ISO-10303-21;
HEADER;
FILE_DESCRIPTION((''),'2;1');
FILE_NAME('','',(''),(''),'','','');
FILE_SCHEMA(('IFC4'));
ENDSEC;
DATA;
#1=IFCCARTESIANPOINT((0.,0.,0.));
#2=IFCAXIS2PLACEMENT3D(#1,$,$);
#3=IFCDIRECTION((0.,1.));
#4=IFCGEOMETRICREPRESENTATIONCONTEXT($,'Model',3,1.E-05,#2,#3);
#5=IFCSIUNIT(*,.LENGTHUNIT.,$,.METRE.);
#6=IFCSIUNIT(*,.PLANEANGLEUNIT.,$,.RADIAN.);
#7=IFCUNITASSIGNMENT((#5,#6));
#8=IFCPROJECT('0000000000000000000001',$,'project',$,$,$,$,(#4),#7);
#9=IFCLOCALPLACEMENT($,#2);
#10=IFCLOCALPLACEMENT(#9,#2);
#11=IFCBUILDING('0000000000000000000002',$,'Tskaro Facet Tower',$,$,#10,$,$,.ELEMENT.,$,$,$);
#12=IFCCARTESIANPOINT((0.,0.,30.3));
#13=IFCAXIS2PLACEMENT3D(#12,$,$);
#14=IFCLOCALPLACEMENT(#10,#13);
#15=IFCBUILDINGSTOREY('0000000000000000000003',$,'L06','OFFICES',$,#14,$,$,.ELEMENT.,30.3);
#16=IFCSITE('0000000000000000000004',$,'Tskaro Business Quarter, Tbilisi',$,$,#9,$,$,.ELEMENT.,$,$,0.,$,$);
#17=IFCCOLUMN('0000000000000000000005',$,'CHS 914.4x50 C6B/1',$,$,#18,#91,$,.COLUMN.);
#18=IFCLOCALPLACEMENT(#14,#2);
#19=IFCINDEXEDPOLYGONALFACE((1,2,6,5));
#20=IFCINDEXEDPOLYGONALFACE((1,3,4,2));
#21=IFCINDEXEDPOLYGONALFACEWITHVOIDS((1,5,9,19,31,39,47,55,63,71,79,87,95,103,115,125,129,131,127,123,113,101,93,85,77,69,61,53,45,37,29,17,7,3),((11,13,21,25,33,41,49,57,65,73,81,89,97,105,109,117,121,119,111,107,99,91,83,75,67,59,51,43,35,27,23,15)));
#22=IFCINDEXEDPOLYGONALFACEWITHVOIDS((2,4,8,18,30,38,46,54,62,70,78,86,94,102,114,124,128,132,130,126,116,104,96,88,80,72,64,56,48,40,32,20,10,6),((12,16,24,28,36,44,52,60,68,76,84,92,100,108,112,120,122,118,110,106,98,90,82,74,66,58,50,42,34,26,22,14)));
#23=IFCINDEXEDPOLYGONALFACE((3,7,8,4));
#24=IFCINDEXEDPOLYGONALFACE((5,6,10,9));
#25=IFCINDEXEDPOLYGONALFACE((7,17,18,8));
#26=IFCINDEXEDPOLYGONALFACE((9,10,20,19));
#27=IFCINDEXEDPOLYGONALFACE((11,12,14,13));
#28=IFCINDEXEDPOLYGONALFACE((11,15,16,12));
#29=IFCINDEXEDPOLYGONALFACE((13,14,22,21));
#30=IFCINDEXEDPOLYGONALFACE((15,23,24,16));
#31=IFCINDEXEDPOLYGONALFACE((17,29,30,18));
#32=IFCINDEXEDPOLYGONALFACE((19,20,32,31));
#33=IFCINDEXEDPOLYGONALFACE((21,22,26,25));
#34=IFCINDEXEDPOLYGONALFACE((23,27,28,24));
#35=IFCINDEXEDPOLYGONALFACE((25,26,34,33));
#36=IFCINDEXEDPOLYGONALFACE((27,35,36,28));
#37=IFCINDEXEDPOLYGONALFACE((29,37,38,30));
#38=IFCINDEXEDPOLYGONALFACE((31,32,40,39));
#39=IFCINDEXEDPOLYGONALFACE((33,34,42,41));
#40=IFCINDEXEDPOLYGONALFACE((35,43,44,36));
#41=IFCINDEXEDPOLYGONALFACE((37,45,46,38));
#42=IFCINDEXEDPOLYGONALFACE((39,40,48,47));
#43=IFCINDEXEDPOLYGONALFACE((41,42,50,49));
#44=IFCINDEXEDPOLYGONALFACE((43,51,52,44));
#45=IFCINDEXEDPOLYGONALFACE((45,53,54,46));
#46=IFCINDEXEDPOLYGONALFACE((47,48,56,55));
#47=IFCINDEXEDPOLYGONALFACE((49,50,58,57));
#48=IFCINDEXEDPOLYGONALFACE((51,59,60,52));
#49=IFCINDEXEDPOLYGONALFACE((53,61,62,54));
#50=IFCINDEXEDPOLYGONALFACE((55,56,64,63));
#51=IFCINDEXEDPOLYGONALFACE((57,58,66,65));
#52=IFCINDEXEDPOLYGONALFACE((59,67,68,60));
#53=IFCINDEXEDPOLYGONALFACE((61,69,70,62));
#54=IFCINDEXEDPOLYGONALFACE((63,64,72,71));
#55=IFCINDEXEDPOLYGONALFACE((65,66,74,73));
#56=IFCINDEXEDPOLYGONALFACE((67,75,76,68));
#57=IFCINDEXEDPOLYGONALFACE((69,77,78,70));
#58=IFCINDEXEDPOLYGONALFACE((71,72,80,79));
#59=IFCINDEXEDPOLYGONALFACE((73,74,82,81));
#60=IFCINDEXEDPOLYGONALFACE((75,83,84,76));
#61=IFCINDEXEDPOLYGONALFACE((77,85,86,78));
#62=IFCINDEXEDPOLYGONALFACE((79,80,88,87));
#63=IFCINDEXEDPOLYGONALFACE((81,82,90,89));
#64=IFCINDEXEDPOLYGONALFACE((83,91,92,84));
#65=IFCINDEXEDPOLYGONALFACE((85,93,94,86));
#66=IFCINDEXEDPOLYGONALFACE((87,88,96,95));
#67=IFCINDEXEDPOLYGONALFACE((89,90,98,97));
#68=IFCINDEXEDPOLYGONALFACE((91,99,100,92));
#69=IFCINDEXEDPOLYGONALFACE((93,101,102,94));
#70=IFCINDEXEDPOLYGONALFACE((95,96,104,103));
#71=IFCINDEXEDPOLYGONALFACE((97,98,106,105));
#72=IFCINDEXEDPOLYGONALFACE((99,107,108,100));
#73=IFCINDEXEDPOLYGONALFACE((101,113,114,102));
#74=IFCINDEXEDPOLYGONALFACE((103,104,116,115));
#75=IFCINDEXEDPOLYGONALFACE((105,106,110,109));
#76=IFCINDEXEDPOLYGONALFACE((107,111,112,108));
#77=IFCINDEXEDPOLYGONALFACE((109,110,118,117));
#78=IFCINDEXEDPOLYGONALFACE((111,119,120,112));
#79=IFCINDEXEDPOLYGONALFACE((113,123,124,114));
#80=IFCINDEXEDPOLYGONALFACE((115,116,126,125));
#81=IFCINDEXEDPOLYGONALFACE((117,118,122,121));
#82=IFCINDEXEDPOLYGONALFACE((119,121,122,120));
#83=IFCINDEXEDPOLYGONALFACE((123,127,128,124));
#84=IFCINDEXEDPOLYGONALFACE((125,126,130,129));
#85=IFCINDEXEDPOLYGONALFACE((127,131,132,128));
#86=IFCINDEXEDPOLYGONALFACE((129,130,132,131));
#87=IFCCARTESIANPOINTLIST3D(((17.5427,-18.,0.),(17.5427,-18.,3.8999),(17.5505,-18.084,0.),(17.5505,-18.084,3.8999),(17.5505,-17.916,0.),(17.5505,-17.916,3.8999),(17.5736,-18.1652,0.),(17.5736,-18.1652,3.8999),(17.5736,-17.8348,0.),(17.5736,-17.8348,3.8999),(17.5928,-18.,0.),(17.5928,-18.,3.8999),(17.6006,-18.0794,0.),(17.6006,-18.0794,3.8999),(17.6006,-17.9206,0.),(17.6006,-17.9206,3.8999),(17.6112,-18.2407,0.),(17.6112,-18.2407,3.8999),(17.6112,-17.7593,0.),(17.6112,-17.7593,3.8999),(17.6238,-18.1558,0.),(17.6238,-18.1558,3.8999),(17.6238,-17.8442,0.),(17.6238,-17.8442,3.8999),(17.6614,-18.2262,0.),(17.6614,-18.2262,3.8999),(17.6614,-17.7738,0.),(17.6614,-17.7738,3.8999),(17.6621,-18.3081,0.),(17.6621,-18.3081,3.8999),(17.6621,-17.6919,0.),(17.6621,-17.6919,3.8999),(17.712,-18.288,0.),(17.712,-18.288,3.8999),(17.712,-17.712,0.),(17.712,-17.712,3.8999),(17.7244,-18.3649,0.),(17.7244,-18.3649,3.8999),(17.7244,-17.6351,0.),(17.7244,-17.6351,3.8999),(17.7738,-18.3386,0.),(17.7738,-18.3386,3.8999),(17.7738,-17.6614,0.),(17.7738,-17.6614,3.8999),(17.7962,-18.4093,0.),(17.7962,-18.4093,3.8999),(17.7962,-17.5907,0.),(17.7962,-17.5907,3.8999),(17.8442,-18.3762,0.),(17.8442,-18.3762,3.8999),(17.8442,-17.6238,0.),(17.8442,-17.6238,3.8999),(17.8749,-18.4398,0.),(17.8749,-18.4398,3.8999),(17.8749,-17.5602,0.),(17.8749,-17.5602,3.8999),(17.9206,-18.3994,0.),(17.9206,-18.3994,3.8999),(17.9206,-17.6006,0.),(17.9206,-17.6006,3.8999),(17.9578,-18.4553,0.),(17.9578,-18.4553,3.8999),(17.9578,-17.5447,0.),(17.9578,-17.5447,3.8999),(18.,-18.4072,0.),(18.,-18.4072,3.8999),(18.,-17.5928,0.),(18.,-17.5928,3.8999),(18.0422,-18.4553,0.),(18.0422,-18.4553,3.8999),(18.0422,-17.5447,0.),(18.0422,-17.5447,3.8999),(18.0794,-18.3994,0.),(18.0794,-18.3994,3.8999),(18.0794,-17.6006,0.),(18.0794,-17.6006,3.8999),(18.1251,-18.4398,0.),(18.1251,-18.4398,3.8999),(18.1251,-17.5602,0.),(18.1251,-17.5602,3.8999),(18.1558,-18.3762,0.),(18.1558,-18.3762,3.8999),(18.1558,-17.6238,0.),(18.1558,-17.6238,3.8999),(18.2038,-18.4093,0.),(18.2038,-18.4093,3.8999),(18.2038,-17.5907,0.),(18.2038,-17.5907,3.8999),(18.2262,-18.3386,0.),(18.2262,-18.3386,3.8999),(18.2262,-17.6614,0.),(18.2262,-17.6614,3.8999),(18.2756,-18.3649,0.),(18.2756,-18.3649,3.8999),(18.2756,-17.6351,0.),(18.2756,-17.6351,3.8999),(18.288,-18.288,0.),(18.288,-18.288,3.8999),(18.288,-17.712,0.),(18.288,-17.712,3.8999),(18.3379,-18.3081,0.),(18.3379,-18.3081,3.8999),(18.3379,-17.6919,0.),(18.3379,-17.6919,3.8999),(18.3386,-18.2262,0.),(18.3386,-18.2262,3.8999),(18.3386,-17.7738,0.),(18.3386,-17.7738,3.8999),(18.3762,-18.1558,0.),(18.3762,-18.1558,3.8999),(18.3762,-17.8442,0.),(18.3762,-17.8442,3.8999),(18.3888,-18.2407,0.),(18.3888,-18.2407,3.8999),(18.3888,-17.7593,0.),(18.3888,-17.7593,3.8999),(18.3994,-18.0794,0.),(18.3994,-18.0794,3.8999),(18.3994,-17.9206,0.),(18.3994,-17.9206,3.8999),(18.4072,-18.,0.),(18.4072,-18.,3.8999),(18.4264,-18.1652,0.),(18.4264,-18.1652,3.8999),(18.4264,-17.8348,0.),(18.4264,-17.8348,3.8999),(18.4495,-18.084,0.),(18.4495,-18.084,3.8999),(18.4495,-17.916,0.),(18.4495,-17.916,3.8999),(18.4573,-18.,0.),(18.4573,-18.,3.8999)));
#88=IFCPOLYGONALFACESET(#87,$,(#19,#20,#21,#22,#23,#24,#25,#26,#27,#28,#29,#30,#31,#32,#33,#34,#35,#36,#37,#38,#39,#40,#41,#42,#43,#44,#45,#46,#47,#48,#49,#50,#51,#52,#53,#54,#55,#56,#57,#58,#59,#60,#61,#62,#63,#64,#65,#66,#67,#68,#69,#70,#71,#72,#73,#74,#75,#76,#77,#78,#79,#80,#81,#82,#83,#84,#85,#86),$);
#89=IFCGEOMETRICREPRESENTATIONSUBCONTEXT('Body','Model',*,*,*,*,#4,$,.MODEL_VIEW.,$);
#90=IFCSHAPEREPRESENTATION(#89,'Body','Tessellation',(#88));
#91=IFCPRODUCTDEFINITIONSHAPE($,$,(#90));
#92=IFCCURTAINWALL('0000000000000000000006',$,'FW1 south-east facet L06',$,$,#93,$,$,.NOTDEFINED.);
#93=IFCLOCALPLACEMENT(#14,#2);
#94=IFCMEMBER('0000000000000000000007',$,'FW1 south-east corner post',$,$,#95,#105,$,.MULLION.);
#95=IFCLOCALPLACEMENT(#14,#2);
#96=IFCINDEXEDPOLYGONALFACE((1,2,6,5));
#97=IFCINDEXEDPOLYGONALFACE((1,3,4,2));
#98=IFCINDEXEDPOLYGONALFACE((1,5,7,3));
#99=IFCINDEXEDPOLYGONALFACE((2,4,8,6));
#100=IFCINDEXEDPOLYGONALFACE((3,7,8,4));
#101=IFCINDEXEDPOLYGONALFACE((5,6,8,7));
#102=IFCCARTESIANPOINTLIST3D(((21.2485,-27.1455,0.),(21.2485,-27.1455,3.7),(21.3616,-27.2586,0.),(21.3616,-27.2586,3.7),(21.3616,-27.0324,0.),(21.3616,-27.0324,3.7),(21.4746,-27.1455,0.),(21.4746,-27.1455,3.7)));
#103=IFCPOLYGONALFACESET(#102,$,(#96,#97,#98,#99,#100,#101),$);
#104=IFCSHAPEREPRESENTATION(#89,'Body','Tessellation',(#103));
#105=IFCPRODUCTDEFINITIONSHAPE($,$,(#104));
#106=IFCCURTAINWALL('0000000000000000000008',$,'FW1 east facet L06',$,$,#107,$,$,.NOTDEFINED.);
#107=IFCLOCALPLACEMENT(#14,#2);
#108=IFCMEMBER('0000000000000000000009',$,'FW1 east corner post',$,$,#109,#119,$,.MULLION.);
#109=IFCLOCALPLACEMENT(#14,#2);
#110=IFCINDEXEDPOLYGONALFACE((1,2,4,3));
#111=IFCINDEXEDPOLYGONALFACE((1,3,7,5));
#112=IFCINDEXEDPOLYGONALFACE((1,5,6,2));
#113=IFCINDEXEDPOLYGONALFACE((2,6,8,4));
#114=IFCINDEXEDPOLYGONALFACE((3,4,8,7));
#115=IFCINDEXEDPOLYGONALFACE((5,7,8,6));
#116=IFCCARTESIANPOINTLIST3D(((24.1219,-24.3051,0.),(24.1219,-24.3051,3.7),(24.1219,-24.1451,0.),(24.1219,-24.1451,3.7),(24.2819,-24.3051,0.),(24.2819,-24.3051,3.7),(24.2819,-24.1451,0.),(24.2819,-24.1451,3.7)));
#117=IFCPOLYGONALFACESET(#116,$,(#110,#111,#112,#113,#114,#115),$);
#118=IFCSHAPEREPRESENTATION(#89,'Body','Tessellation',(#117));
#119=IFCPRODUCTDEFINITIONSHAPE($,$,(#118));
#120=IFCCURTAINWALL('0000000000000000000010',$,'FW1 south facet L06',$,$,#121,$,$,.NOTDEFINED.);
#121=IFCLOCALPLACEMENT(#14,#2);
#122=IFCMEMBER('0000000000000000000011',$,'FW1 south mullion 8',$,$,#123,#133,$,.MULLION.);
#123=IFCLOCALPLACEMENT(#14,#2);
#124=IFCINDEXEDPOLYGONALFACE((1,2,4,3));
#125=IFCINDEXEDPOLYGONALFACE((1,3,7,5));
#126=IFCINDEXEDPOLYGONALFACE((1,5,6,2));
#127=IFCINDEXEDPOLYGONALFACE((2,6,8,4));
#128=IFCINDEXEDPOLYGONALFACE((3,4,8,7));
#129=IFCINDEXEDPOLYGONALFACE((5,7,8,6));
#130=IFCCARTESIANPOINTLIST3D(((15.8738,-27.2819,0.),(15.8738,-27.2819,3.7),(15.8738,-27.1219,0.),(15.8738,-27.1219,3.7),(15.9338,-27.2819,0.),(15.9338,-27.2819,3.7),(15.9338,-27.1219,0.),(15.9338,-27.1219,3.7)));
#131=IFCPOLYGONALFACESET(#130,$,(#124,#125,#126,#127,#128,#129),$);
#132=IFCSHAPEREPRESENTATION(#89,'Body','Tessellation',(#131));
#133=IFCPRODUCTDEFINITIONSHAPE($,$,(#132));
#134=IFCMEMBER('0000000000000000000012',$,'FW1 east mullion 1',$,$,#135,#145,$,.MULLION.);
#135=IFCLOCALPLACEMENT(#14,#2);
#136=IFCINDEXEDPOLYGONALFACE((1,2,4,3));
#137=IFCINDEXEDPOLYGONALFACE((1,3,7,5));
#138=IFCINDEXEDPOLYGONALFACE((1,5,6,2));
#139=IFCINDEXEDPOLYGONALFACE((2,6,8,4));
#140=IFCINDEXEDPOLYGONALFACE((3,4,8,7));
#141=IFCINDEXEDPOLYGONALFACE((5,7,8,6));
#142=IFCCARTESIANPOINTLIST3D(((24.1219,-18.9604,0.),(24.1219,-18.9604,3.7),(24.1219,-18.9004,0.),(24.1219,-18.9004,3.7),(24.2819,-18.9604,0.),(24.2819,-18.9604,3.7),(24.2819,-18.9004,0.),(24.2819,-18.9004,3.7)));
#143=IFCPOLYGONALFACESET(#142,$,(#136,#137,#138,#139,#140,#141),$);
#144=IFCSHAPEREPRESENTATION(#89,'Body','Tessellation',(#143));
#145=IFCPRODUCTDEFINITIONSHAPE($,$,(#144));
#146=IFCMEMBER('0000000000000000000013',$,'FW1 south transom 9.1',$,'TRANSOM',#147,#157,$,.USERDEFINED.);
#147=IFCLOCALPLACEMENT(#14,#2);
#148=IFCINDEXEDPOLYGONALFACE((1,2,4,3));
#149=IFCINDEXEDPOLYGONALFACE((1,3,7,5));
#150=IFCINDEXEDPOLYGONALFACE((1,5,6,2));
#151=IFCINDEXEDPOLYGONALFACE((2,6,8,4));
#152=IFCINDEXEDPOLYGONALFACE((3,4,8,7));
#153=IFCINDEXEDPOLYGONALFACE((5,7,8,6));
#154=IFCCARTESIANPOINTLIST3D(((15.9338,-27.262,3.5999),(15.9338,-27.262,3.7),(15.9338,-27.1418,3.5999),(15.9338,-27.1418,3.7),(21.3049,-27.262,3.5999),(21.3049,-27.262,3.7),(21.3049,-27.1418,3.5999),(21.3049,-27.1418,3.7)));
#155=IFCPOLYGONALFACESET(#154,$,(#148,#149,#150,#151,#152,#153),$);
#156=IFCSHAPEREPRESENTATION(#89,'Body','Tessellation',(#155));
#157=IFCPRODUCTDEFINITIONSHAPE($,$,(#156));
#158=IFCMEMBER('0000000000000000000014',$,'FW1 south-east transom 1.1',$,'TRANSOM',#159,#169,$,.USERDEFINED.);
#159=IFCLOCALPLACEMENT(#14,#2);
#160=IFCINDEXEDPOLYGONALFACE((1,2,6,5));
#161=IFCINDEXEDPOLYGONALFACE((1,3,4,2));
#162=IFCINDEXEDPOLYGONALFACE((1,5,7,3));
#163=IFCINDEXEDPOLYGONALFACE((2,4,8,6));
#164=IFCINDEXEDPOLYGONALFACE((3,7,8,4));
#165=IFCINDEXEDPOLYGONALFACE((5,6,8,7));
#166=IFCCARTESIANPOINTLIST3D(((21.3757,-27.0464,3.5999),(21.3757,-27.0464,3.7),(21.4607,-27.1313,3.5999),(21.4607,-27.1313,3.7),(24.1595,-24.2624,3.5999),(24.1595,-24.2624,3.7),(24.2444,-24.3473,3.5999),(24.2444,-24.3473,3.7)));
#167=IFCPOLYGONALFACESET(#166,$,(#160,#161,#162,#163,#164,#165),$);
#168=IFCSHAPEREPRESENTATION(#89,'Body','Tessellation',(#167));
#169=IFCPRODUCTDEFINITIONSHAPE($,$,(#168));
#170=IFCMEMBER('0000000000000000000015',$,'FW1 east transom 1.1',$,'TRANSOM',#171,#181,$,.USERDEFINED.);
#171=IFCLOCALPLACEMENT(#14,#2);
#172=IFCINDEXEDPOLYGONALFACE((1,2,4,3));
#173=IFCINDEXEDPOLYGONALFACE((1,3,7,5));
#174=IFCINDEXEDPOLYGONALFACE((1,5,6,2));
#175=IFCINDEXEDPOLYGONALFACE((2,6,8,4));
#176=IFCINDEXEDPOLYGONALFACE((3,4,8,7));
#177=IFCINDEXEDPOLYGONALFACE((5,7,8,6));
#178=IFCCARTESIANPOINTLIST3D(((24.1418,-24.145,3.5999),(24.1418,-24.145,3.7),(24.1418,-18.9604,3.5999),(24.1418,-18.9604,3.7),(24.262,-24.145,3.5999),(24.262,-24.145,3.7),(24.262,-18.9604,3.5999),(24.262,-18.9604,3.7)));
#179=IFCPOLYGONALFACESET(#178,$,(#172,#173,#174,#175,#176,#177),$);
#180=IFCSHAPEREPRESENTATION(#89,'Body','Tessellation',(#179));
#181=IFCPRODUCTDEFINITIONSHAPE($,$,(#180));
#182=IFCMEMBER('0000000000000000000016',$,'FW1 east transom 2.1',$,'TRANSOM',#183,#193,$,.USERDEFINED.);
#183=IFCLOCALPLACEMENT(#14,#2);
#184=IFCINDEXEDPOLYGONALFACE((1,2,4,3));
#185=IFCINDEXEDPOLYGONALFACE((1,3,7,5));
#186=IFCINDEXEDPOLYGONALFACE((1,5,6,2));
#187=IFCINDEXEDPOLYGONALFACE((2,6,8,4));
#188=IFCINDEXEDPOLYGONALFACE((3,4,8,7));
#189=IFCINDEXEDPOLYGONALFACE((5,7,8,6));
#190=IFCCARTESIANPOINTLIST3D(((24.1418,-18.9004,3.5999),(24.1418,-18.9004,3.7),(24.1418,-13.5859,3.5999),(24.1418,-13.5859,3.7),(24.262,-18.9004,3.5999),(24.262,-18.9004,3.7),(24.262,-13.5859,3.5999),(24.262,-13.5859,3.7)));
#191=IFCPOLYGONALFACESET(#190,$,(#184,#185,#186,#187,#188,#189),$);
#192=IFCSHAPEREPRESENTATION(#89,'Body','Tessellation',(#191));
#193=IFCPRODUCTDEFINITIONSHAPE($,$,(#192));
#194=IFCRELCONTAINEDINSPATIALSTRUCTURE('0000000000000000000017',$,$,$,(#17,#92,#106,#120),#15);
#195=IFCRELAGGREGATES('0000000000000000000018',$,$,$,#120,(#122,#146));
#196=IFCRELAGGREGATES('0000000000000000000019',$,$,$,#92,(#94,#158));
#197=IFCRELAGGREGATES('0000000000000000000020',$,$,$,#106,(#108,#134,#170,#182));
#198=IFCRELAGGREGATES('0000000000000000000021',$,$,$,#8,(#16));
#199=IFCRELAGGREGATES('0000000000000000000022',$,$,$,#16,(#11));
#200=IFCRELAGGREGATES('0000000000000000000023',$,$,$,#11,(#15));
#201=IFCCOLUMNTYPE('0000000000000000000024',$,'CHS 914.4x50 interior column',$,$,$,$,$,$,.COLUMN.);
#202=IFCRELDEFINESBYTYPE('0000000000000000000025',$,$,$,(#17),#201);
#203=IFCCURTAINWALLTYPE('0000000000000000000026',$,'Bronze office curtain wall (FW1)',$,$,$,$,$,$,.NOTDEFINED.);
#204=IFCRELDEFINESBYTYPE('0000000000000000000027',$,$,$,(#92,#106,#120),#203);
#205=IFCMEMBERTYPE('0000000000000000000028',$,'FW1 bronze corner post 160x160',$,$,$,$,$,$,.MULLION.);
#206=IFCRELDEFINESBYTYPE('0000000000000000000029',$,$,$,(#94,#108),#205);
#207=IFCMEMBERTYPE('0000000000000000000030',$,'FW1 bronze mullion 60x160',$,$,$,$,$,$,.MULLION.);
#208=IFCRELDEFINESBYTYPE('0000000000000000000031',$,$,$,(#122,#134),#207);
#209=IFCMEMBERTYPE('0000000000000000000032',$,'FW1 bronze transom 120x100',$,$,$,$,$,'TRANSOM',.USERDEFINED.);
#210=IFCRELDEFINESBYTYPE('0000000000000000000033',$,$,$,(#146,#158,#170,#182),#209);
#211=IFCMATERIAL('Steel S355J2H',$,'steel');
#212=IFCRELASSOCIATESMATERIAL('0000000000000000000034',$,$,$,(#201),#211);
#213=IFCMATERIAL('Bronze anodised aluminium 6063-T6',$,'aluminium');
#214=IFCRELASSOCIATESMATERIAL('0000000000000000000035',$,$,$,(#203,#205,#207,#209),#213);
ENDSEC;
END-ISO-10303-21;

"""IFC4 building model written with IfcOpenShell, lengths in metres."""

from ifc_helpers import new_model, si_unit, direction, frame, origin, origin_2d, place, context, subcontext, project, spatial, rectangle, hollow_circle, extrude, material, material_profile, profile_set, type_object, element, aggregate, save


model = new_model("IFC4")

# Units and contexts
model_context = context("Model", 3, precision=1e-05, world=origin(), true_north=direction((0.0, 1.0)))
body_context = subcontext(model_context, "Body", "Model", "MODEL_VIEW")
ifc_project = project(units=[si_unit("LENGTHUNIT", "METRE"), si_unit("PLANEANGLEUNIT", "RADIAN")], contexts=[model_context])

# Site, building, storey
site_placement = place(None, origin())
site = spatial("IfcSite", under=ifc_project, at=site_placement, Name="Tskaro Business Quarter, Tbilisi", CompositionType="ELEMENT", RefElevation=0.0)
building_placement = place(site_placement, origin())
building = spatial("IfcBuilding", under=site, at=building_placement, Name="Tskaro Facet Tower", CompositionType="ELEMENT")
storey_placement = place(building_placement, frame((0.0, 0.0, 30.3)))
storey = spatial("IfcBuildingStorey", under=building, at=storey_placement, Name="L06", Description="OFFICES", CompositionType="ELEMENT", Elevation=30.3)

# Column
ifc_material_1 = material(Name="Steel S355J2H", Category="steel")
ifc_material_profile_1 = material_profile(ifc_material_1, hollow_circle(Radius=0.4573, WallThickness=0.05, at=origin_2d()), Name="CHS 914.4x50")
ifc_profile_set_1 = profile_set([ifc_material_profile_1], Name="Steel S355J2H")
column_type_1 = type_object("IfcColumnType", Name="CHS 914.4x50 interior column", PredefinedType="COLUMN", material=ifc_profile_set_1)
column_placement = place(storey_placement, frame((18.0, -18.0, 0.0), z_axis=(0.0, 0.0, 1.0), x_axis=(1.0, 0.0, 0.0)))
element("IfcColumn", 1, at=column_placement, inside=storey, type_object=column_type_1, Name="CHS 914.4x50 C6B/1", PredefinedType="COLUMN", context=body_context, shape_type="SweptSolid", body=[
    extrude(hollow_circle(Radius=0.4573, WallThickness=0.05, at=origin_2d()), origin(), (0.0, 0.0, 1.0), 3.8999),
])

# Curtain walls, members
ifc_material_2 = material(Name="Bronze anodised aluminium 6063-T6", Category="aluminium")
curtain_wall_type = type_object("IfcCurtainWallType", Name="Bronze office curtain wall (FW1)", PredefinedType="NOTDEFINED", material=ifc_material_2)
curtain_wall_1_placement = place(storey_placement, origin())
curtain_wall_1 = element("IfcCurtainWall", 2, at=curtain_wall_1_placement, inside=storey, type_object=curtain_wall_type, Name="FW1 south-east facet L06", PredefinedType="NOTDEFINED")
ifc_material_profile_2 = material_profile(ifc_material_2, rectangle(XDim=0.1599, YDim=0.1599, at=origin_2d()), Name="Corner post 160x160")
ifc_profile_set_2 = profile_set([ifc_material_profile_2], Name="Bronze anodised aluminium 6063-T6")
member_type_1 = type_object("IfcMemberType", Name="FW1 bronze corner post 160x160", PredefinedType="MULLION", material=ifc_profile_set_2)
member_1_placement = place(storey_placement, frame((21.3616, -27.1455, 0.0), z_axis=(0.0, 0.0, 1.0), x_axis=(0.707107, 0.707107, 0.0)))
member_1 = element("IfcMember", 3, at=member_1_placement, type_object=member_type_1, Name="FW1 south-east corner post", PredefinedType="MULLION", context=body_context, shape_type="SweptSolid", body=[
    extrude(rectangle(XDim=0.1599, YDim=0.1599, at=origin_2d()), origin(), (0.0, 0.0, 1.0), 3.7),
])
curtain_wall_2_placement = place(storey_placement, origin())
curtain_wall_2 = element("IfcCurtainWall", 4, at=curtain_wall_2_placement, inside=storey, type_object=curtain_wall_type, Name="FW1 east facet L06", PredefinedType="NOTDEFINED")
member_2_placement = place(storey_placement, frame((24.2019, -24.2251, 0.0), z_axis=(0.0, 0.0, 1.0), x_axis=(0.0, 1.0, 0.0)))
member_2 = element("IfcMember", 5, at=member_2_placement, type_object=member_type_1, Name="FW1 east corner post", PredefinedType="MULLION", context=body_context, shape_type="SweptSolid", body=[
    extrude(rectangle(XDim=0.1599, YDim=0.1599, at=origin_2d()), origin(), (0.0, 0.0, 1.0), 3.7),
])
curtain_wall_3_placement = place(storey_placement, origin())
curtain_wall_3 = element("IfcCurtainWall", 6, at=curtain_wall_3_placement, inside=storey, type_object=curtain_wall_type, Name="FW1 south facet L06", PredefinedType="NOTDEFINED")
ifc_material_profile_3 = material_profile(ifc_material_2, rectangle(XDim=0.0601, YDim=0.1599, at=origin_2d()), Name="Mullion 60x160")
ifc_profile_set_3 = profile_set([ifc_material_profile_3], Name="Bronze anodised aluminium 6063-T6")
member_type_2 = type_object("IfcMemberType", Name="FW1 bronze mullion 60x160", PredefinedType="MULLION", material=ifc_profile_set_3)
member_3_placement = place(storey_placement, frame((15.9038, -27.2019, 0.0), z_axis=(0.0, 0.0, 1.0), x_axis=(1.0, 0.0, 0.0)))
member_3 = element("IfcMember", 7, at=member_3_placement, type_object=member_type_2, Name="FW1 south mullion 8", PredefinedType="MULLION", context=body_context, shape_type="SweptSolid", body=[
    extrude(rectangle(XDim=0.0601, YDim=0.1599, at=origin_2d()), origin(), (0.0, 0.0, 1.0), 3.7),
])

# Members
member_4_placement = place(storey_placement, frame((24.2019, -18.9304, 0.0), z_axis=(0.0, 0.0, 1.0), x_axis=(0.0, 1.0, 0.0)))
member_4 = element("IfcMember", 8, at=member_4_placement, type_object=member_type_2, Name="FW1 east mullion 1", PredefinedType="MULLION", context=body_context, shape_type="SweptSolid", body=[
    extrude(rectangle(XDim=0.0601, YDim=0.1599, at=origin_2d()), origin(), (0.0, 0.0, 1.0), 3.7),
])
ifc_material_profile_4 = material_profile(ifc_material_2, rectangle(XDim=0.1201, YDim=0.1001, at=origin_2d()), Name="Transom 120x100")
ifc_profile_set_4 = profile_set([ifc_material_profile_4], Name="Bronze anodised aluminium 6063-T6")
member_type_3 = type_object("IfcMemberType", Name="FW1 bronze transom 120x100", ElementType="TRANSOM", PredefinedType="USERDEFINED", material=ifc_profile_set_4)
member_5_placement = place(storey_placement, frame((15.9338, -27.2019, 3.6499), z_axis=(1.0, 0.0, 0.0), x_axis=(0.0, 1.0, 0.0)))
member_5 = element("IfcMember", 9, at=member_5_placement, type_object=member_type_3, Name="FW1 south transom 9.1", ObjectType="TRANSOM", PredefinedType="USERDEFINED", context=body_context, shape_type="SweptSolid", body=[
    extrude(rectangle(XDim=0.1201, YDim=0.1001, at=origin_2d()), origin(), (0.0, 0.0, 1.0), 5.3711),
])
member_6_placement = place(storey_placement, frame((21.4182, -27.0889, 3.6499), z_axis=(0.707076, 0.707138, 0.0), x_axis=(-0.707138, 0.707076, 0.0)))
member_6 = element("IfcMember", 10, at=member_6_placement, type_object=member_type_3, Name="FW1 south-east transom 1.1", ObjectType="TRANSOM", PredefinedType="USERDEFINED", context=body_context, shape_type="SweptSolid", body=[
    extrude(rectangle(XDim=0.1201, YDim=0.1001, at=origin_2d()), origin(), (0.0, 0.0, 1.0), 3.937),
])
member_7_placement = place(storey_placement, frame((24.2019, -24.145, 3.6499), z_axis=(0.0, 1.0, 0.0), x_axis=(-1.0, 0.0, 0.0)))
member_7 = element("IfcMember", 11, at=member_7_placement, type_object=member_type_3, Name="FW1 east transom 1.1", ObjectType="TRANSOM", PredefinedType="USERDEFINED", context=body_context, shape_type="SweptSolid", body=[
    extrude(rectangle(XDim=0.1201, YDim=0.1001, at=origin_2d()), origin(), (0.0, 0.0, 1.0), 5.1846),
])
member_8_placement = place(storey_placement, frame((24.2019, -18.9004, 3.6499), z_axis=(0.0, 1.0, 0.0), x_axis=(-1.0, 0.0, 0.0)))
member_8 = element("IfcMember", 12, at=member_8_placement, type_object=member_type_3, Name="FW1 east transom 2.1", ObjectType="TRANSOM", PredefinedType="USERDEFINED", context=body_context, shape_type="SweptSolid", body=[
    extrude(rectangle(XDim=0.1201, YDim=0.1001, at=origin_2d()), origin(), (0.0, 0.0, 1.0), 5.3145),
])

aggregate(curtain_wall_3, [member_3, member_5])
aggregate(curtain_wall_1, [member_1, member_6])
aggregate(curtain_wall_2, [member_2, member_4, member_7, member_8])

save(model, "model.ifc")
